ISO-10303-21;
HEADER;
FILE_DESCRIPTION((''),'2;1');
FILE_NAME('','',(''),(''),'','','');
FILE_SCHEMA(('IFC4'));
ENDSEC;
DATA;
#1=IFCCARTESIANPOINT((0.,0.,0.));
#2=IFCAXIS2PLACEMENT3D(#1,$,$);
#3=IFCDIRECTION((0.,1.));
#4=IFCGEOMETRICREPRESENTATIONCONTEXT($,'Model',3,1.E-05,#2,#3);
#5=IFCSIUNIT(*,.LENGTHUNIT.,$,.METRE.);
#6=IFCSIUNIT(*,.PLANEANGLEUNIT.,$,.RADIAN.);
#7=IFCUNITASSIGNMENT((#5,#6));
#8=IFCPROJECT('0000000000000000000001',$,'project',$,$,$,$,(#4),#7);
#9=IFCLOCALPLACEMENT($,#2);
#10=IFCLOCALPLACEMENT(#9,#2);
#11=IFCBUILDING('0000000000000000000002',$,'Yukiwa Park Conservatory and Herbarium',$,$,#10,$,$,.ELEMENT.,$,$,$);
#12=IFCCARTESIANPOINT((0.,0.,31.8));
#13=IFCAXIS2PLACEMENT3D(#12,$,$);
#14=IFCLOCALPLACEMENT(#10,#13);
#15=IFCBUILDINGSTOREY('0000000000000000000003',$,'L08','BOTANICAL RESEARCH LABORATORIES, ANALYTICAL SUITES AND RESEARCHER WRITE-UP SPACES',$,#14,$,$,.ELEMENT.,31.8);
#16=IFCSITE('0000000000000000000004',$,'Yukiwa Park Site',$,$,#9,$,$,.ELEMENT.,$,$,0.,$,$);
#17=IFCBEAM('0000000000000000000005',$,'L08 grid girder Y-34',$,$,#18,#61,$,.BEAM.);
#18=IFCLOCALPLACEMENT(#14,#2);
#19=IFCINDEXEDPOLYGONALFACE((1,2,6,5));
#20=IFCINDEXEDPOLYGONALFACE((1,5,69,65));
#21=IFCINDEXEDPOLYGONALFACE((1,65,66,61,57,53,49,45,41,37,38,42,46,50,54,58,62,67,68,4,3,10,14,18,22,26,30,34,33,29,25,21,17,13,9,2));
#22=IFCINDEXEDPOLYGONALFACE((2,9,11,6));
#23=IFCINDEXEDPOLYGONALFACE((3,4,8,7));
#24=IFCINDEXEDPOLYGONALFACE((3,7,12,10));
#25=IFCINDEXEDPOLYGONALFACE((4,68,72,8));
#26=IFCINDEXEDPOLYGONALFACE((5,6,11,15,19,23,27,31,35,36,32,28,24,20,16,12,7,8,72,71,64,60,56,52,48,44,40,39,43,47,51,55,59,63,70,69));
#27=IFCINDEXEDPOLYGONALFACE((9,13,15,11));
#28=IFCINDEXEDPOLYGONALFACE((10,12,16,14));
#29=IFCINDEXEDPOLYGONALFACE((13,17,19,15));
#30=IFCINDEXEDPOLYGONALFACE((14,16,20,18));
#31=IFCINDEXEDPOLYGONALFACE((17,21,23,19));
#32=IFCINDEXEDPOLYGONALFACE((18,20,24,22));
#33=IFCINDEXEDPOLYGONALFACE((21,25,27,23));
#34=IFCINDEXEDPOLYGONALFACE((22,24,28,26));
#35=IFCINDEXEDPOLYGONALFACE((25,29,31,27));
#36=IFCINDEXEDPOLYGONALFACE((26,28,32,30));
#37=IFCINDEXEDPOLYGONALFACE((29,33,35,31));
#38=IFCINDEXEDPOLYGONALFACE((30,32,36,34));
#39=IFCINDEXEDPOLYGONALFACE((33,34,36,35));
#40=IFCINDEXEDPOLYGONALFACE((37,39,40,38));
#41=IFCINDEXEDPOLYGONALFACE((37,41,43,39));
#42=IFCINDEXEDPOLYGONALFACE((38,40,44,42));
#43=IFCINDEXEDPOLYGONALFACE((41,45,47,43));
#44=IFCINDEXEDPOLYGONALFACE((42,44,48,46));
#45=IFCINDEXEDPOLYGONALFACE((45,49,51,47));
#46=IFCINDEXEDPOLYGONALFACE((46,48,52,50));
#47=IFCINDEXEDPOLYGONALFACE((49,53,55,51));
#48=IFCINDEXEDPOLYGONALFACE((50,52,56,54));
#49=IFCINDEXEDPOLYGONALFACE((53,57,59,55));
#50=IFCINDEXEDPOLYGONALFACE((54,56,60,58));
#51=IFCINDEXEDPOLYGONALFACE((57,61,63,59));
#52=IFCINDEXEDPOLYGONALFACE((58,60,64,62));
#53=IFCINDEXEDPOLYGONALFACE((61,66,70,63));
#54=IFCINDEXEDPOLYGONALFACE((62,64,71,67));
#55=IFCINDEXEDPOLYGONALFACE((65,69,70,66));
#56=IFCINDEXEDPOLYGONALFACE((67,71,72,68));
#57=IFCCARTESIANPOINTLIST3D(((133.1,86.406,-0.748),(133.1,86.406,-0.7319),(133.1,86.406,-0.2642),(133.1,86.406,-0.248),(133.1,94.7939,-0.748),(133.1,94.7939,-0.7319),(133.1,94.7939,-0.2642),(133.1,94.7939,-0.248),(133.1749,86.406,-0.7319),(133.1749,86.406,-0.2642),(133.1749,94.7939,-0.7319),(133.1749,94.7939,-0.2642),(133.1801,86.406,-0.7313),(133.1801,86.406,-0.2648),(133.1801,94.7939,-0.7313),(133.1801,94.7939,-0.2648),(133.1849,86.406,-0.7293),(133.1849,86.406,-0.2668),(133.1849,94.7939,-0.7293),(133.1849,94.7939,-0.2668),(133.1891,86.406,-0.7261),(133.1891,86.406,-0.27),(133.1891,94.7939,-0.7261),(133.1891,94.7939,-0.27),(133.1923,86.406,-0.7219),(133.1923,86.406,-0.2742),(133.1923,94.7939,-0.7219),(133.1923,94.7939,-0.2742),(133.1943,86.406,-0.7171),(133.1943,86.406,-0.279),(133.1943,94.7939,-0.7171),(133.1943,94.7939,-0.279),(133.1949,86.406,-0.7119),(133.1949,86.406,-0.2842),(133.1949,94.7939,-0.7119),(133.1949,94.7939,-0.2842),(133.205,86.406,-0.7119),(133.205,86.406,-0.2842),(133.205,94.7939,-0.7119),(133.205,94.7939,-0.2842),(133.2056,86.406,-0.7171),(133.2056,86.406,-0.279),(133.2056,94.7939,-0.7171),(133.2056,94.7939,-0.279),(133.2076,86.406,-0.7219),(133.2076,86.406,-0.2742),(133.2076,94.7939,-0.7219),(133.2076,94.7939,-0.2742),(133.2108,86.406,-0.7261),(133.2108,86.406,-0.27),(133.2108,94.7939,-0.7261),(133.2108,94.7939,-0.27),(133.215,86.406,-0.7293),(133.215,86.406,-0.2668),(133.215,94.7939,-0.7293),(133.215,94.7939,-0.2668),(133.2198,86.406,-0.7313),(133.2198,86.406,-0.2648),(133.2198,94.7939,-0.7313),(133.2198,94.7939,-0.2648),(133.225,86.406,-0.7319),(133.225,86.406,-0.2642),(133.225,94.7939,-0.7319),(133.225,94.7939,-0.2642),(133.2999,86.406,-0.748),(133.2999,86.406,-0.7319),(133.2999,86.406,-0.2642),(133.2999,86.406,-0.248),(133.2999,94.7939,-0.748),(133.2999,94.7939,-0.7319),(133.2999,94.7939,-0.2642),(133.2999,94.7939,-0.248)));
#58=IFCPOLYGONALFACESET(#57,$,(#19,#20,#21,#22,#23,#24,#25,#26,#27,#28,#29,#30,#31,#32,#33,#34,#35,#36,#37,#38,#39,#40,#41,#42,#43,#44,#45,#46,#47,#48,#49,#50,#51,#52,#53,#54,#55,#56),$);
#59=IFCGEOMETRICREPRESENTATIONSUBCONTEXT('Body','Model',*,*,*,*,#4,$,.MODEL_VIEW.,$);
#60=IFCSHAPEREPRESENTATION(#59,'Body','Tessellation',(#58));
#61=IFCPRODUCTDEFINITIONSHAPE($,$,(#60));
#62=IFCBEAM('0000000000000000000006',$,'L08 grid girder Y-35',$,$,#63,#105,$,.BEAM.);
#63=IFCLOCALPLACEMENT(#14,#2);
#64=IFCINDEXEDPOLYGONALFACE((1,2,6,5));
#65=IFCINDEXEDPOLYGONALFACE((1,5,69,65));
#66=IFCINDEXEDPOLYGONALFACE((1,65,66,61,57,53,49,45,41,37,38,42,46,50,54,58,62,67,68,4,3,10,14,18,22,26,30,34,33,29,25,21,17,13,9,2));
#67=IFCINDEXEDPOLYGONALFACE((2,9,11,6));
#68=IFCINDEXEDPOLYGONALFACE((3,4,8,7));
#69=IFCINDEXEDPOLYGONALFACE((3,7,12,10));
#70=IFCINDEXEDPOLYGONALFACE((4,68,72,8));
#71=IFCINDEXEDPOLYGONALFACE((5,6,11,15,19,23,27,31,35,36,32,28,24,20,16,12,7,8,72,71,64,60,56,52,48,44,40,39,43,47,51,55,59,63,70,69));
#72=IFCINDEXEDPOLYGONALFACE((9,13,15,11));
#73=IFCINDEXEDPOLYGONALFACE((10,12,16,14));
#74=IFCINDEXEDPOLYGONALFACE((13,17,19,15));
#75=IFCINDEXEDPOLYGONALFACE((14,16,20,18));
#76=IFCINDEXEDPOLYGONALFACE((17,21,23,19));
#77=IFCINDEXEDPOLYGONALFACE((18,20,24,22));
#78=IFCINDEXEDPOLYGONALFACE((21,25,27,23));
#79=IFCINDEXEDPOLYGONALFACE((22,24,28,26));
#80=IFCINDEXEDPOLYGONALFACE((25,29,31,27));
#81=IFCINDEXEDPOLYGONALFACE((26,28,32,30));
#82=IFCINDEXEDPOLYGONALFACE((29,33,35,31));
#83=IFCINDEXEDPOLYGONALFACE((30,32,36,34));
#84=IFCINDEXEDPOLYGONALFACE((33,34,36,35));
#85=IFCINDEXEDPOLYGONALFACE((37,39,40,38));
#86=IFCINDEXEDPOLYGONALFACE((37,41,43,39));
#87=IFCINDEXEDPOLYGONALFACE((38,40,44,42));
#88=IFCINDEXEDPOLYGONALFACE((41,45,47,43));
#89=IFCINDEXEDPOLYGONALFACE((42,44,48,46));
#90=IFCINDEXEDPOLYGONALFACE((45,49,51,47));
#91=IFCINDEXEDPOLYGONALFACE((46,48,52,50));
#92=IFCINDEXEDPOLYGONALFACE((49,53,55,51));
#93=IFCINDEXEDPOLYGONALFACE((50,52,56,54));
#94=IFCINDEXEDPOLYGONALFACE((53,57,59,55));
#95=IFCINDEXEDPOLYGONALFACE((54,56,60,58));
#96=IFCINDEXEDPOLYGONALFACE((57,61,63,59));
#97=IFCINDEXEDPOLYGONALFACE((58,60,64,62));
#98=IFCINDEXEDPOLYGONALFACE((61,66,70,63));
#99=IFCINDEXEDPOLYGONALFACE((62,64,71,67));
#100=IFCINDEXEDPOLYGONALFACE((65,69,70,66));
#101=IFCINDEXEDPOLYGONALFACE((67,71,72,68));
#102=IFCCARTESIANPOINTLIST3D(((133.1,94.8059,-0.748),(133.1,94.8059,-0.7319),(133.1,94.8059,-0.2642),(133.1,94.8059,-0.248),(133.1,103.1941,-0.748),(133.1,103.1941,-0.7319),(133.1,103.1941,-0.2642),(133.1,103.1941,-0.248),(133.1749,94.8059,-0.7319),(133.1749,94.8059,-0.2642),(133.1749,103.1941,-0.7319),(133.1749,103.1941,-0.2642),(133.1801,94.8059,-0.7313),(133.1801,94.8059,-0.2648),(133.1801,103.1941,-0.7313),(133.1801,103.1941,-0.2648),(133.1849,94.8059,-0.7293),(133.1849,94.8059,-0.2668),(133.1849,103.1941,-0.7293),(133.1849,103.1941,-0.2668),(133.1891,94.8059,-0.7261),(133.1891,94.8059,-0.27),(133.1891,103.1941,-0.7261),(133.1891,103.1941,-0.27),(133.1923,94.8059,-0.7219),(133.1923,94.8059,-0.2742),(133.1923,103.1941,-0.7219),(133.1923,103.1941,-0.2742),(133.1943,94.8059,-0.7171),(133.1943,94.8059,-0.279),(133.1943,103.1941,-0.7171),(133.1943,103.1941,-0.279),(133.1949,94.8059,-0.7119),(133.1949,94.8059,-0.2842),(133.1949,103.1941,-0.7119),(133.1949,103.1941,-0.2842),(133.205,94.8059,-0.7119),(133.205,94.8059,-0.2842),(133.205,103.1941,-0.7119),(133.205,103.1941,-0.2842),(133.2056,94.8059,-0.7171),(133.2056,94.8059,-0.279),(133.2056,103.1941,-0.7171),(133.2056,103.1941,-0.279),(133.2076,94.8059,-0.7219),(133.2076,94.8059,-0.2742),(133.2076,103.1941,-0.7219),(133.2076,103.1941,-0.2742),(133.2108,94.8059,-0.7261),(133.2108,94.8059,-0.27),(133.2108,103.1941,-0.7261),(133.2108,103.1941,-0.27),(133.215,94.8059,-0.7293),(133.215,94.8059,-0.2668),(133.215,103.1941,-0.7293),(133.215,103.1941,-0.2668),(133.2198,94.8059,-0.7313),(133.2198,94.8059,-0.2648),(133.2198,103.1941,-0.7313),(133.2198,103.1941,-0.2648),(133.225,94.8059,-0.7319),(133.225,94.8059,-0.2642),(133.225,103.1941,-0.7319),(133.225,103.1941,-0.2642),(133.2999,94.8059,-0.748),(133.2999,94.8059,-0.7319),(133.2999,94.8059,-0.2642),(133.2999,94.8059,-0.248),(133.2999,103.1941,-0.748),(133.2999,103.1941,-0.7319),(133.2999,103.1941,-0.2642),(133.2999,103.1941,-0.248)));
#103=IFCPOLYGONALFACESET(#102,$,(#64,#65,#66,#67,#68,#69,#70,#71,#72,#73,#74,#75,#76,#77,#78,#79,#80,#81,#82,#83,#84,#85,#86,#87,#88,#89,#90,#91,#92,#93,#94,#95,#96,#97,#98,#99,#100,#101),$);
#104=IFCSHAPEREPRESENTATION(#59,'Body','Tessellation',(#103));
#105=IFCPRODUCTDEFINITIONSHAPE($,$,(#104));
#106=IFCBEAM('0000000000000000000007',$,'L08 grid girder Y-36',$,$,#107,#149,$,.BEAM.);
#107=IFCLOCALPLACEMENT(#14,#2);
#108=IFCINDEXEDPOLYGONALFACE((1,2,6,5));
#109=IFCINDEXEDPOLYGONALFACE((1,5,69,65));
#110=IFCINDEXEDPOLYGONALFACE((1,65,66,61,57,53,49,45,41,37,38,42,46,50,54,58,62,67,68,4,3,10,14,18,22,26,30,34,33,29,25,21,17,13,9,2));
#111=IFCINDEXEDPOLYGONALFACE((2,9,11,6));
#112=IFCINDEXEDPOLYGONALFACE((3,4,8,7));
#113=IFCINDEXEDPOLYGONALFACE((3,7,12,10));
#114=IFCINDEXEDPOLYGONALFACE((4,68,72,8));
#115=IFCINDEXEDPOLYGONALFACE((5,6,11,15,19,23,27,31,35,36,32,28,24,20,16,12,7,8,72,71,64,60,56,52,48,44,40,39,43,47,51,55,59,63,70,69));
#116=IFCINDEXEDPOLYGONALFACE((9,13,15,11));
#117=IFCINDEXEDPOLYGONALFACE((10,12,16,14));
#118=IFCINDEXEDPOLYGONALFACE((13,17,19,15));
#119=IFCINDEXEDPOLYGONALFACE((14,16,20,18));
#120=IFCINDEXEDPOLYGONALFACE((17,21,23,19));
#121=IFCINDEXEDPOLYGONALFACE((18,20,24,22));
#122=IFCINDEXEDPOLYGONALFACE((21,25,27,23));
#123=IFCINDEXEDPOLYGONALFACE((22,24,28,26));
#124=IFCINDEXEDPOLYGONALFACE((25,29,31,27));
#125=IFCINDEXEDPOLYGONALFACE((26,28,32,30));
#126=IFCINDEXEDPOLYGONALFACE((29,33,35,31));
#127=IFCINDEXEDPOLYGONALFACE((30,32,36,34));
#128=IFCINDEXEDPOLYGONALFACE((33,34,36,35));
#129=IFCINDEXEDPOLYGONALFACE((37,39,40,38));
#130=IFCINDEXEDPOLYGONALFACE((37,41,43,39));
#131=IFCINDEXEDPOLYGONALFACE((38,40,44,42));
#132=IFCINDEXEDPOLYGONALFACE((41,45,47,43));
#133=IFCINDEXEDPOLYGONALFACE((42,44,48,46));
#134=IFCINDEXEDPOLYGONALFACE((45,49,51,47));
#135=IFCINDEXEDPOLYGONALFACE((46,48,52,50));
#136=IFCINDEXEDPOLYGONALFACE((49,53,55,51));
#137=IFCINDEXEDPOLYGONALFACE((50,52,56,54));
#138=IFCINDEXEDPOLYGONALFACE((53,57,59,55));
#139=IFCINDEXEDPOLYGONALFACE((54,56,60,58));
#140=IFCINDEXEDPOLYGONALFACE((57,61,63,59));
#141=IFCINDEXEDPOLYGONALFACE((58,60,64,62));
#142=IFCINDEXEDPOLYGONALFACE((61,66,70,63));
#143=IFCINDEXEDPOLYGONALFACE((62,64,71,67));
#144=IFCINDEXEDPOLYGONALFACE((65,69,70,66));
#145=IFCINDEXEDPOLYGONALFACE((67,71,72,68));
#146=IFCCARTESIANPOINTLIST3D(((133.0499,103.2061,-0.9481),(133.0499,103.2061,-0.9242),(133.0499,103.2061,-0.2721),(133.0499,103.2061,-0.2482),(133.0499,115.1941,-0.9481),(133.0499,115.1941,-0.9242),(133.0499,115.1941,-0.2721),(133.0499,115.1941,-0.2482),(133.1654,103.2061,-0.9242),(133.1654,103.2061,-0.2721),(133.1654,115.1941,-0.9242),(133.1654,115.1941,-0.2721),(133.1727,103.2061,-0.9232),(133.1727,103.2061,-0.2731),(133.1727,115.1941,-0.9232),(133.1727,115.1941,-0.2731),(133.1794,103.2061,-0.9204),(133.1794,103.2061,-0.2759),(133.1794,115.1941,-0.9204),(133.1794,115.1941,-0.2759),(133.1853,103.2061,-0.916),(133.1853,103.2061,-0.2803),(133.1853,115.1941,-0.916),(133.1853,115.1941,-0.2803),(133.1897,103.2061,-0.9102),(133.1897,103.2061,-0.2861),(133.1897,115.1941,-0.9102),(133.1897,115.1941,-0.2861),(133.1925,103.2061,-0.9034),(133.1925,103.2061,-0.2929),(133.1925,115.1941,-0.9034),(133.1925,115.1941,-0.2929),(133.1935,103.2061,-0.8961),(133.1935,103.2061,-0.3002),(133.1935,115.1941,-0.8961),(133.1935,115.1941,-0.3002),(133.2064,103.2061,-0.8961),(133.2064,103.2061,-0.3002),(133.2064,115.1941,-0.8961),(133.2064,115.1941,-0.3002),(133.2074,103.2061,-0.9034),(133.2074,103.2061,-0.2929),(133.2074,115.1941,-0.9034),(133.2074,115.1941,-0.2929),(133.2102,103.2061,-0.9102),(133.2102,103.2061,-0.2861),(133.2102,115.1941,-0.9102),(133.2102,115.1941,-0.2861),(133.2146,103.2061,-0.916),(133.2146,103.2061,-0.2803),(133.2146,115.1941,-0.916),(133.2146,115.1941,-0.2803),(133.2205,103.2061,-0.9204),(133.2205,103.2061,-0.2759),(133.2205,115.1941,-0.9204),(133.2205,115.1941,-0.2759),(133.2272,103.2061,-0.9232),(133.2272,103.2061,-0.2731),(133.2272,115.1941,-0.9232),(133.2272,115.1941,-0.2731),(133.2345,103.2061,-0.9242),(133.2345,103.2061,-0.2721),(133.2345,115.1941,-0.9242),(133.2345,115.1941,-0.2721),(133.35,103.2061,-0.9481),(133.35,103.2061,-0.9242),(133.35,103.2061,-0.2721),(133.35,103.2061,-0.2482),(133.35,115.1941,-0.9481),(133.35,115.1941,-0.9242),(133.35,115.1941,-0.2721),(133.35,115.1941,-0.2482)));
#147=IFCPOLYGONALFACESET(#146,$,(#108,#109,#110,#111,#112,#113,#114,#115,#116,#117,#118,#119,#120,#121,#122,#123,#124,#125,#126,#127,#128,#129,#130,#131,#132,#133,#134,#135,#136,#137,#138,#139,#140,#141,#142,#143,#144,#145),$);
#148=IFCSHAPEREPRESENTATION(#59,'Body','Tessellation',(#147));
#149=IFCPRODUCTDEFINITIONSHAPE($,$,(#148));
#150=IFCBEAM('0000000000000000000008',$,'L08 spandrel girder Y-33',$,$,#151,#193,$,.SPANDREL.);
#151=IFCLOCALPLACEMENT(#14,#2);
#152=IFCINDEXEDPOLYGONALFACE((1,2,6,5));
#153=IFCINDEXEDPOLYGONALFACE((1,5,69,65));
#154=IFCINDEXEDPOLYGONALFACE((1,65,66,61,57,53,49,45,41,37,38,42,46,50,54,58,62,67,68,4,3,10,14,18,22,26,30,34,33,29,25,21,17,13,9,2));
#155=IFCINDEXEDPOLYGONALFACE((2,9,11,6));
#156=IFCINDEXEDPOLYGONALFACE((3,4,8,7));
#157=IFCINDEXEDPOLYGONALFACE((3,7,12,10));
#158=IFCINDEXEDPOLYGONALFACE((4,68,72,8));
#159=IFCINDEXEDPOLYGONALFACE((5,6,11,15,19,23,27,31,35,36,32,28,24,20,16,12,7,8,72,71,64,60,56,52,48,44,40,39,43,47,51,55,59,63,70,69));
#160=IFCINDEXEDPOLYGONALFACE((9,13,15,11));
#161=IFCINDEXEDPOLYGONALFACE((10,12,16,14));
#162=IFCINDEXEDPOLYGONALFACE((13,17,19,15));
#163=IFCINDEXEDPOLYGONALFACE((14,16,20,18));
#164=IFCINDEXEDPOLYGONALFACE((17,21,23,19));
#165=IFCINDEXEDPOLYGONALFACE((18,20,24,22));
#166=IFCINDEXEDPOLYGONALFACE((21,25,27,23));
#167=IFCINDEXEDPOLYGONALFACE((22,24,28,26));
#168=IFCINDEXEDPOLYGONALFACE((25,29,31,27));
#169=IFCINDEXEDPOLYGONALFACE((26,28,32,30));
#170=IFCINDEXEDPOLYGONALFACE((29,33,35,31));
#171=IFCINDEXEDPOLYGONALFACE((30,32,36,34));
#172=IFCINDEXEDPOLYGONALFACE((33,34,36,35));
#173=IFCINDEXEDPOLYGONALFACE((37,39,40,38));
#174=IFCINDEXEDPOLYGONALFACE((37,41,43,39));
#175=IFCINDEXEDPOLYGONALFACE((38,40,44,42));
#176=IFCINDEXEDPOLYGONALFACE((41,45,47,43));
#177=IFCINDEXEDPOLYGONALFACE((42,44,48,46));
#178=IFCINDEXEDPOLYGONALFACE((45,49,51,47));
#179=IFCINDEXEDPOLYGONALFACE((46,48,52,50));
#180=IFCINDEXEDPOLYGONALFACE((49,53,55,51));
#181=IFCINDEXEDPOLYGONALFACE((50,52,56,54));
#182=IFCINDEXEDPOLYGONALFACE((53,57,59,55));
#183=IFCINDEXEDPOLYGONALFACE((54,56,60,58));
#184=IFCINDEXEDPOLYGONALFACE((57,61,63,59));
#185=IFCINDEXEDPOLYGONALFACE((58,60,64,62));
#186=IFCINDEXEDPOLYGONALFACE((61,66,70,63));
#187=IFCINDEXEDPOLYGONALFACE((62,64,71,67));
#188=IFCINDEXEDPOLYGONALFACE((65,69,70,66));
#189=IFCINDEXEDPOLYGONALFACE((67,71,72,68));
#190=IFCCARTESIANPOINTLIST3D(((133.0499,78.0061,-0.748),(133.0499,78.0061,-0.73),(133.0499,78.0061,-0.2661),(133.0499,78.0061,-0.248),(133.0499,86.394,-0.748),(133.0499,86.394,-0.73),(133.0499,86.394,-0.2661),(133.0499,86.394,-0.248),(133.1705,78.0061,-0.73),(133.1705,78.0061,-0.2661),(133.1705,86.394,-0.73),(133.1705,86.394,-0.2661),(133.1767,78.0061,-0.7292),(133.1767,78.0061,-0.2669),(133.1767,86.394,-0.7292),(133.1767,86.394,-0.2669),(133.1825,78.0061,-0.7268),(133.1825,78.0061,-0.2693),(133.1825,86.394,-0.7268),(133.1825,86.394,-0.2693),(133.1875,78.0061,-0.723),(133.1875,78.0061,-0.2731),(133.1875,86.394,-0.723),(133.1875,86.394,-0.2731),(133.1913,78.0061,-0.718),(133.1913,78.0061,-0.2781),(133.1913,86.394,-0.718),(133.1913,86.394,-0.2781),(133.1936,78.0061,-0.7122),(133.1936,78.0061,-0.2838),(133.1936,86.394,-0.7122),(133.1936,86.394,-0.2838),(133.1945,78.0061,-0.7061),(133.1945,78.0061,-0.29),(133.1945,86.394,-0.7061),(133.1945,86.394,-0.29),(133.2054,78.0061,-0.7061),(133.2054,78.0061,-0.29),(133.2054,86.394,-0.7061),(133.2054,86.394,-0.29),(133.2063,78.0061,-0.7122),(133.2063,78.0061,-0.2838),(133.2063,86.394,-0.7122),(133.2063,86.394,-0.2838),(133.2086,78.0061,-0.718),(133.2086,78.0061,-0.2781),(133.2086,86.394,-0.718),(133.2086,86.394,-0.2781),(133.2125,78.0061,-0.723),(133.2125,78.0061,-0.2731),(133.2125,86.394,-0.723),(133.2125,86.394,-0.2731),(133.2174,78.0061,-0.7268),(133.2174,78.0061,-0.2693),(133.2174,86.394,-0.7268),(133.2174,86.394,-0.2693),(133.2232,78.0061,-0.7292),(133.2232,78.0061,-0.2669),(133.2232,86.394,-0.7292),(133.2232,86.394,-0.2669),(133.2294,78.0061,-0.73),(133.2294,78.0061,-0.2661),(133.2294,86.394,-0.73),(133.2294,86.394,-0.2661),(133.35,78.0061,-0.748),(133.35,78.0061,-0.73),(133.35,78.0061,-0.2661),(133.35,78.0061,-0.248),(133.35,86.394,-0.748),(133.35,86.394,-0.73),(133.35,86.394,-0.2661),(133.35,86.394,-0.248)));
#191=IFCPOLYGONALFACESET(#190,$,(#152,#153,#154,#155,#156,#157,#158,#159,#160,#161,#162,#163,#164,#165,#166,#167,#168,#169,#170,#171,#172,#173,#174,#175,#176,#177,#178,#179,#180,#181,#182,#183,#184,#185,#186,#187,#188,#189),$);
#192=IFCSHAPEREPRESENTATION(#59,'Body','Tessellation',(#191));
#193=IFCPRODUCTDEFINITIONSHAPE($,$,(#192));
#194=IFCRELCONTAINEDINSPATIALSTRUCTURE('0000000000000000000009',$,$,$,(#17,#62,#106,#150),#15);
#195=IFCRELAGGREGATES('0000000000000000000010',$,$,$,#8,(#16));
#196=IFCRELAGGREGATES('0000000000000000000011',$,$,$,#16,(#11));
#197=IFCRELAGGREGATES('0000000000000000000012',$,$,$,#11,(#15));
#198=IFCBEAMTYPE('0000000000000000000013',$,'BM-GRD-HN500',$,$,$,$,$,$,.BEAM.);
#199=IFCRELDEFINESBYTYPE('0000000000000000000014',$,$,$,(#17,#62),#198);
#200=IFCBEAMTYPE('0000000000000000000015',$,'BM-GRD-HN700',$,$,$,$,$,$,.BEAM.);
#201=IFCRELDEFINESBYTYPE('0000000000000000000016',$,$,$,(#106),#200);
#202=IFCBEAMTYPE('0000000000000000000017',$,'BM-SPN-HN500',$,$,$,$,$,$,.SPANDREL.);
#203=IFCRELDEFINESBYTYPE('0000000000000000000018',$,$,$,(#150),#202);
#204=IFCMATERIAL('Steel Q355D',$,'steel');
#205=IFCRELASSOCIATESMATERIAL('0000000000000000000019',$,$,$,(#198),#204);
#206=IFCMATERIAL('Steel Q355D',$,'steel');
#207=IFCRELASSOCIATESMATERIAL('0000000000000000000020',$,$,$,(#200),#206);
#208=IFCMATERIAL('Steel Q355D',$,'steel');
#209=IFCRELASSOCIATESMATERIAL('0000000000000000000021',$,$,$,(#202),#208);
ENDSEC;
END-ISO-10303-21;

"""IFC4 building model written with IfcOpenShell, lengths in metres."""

from ifc_helpers import new_model, si_unit, direction, frame, origin, origin_2d, place, context, subcontext, project, spatial, i_section, extrude, material, material_profile, profile_set, type_object, element, save


model = new_model("IFC4")

# Units and contexts
model_context = context("Model", 3, precision=1e-05, world=origin(), true_north=direction((0.0, 1.0)))
body_context = subcontext(model_context, "Body", "Model", "MODEL_VIEW")
ifc_project = project(units=[si_unit("LENGTHUNIT", "METRE"), si_unit("PLANEANGLEUNIT", "RADIAN")], contexts=[model_context])

# Site, building, storey
site_placement = place(None, origin())
site = spatial("IfcSite", under=ifc_project, at=site_placement, Name="Yukiwa Park Site", CompositionType="ELEMENT", RefElevation=0.0)
building_placement = place(site_placement, origin())
building = spatial("IfcBuilding", under=site, at=building_placement, Name="Yukiwa Park Conservatory and Herbarium", CompositionType="ELEMENT")
storey_placement = place(building_placement, frame((0.0, 0.0, 31.8)))
storey = spatial("IfcBuildingStorey", under=building, at=storey_placement, Name="L08", Description="BOTANICAL RESEARCH LABORATORIES, ANALYTICAL SUITES AND RESEARCHER WRITE-UP SPACES", CompositionType="ELEMENT", Elevation=31.8)

# Beams
ifc_material_1 = material(Name="Steel Q355D", Category="steel")
ifc_material_profile_1 = material_profile(ifc_material_1, i_section(OverallWidth=0.2, OverallDepth=0.5, WebThickness=0.01, FlangeThickness=0.0161, FilletRadius=0.02, at=origin_2d()), Name="HN 500x200x10x16")
ifc_profile_set_1 = profile_set([ifc_material_profile_1], Name="Steel Q355D")
beam_type_1 = type_object("IfcBeamType", Name="BM-GRD-HN500", PredefinedType="BEAM", material=ifc_profile_set_1)
beam_1_placement = place(storey_placement, frame((133.2, 86.406, -0.498), z_axis=(0.0, 1.0, 0.0), x_axis=(-1.0, 0.0, 0.0)))
element("IfcBeam", 1, at=beam_1_placement, inside=storey, type_object=beam_type_1, Name="L08 grid girder Y-34", PredefinedType="BEAM", context=body_context, shape_type="SweptSolid", body=[
    extrude(i_section(OverallWidth=0.2, OverallDepth=0.5, WebThickness=0.01, FlangeThickness=0.0161, FilletRadius=0.02, at=origin_2d()), origin(), (0.0, 0.0, 1.0), 8.3879),
])
beam_2_placement = place(storey_placement, frame((133.2, 94.8059, -0.498), z_axis=(0.0, 1.0, 0.0), x_axis=(-1.0, 0.0, 0.0)))
element("IfcBeam", 2, at=beam_2_placement, inside=storey, type_object=beam_type_1, Name="L08 grid girder Y-35", PredefinedType="BEAM", context=body_context, shape_type="SweptSolid", body=[
    extrude(i_section(OverallWidth=0.2, OverallDepth=0.5, WebThickness=0.01, FlangeThickness=0.0161, FilletRadius=0.02, at=origin_2d()), origin(), (0.0, 0.0, 1.0), 8.3882),
])
ifc_material_2 = material(Name="Steel Q355D", Category="steel")
ifc_material_profile_2 = material_profile(ifc_material_2, i_section(OverallWidth=0.3, OverallDepth=0.7, WebThickness=0.0129, FlangeThickness=0.0239, FilletRadius=0.0281, at=origin_2d()), Name="HN 700x300x13x24")
ifc_profile_set_2 = profile_set([ifc_material_profile_2], Name="Steel Q355D")
beam_type_2 = type_object("IfcBeamType", Name="BM-GRD-HN700", PredefinedType="BEAM", material=ifc_profile_set_2)
beam_3_placement = place(storey_placement, frame((133.2, 103.2061, -0.5981), z_axis=(0.0, 1.0, 0.0), x_axis=(-1.0, 0.0, 0.0)))
element("IfcBeam", 3, at=beam_3_placement, inside=storey, type_object=beam_type_2, Name="L08 grid girder Y-36", PredefinedType="BEAM", context=body_context, shape_type="SweptSolid", body=[
    extrude(i_section(OverallWidth=0.3, OverallDepth=0.7, WebThickness=0.0129, FlangeThickness=0.0239, FilletRadius=0.0281, at=origin_2d()), origin(), (0.0, 0.0, 1.0), 11.988),
])
ifc_material_3 = material(Name="Steel Q355D", Category="steel")
ifc_material_profile_3 = material_profile(ifc_material_3, i_section(OverallWidth=0.3, OverallDepth=0.5, WebThickness=0.011, FlangeThickness=0.0181, FilletRadius=0.0239, at=origin_2d()), Name="HM 500x300x11x18")
ifc_profile_set_3 = profile_set([ifc_material_profile_3], Name="Steel Q355D")
beam_type_3 = type_object("IfcBeamType", Name="BM-SPN-HN500", PredefinedType="SPANDREL", material=ifc_profile_set_3)
beam_4_placement = place(storey_placement, frame((133.2, 78.0061, -0.498), z_axis=(0.0, 1.0, 0.0), x_axis=(-1.0, 0.0, 0.0)))
element("IfcBeam", 4, at=beam_4_placement, inside=storey, type_object=beam_type_3, Name="L08 spandrel girder Y-33", PredefinedType="SPANDREL", context=body_context, shape_type="SweptSolid", body=[
    extrude(i_section(OverallWidth=0.3, OverallDepth=0.5, WebThickness=0.011, FlangeThickness=0.0181, FilletRadius=0.0239, at=origin_2d()), origin(), (0.0, 0.0, 1.0), 8.3879),
])

save(model, "model.ifc")
